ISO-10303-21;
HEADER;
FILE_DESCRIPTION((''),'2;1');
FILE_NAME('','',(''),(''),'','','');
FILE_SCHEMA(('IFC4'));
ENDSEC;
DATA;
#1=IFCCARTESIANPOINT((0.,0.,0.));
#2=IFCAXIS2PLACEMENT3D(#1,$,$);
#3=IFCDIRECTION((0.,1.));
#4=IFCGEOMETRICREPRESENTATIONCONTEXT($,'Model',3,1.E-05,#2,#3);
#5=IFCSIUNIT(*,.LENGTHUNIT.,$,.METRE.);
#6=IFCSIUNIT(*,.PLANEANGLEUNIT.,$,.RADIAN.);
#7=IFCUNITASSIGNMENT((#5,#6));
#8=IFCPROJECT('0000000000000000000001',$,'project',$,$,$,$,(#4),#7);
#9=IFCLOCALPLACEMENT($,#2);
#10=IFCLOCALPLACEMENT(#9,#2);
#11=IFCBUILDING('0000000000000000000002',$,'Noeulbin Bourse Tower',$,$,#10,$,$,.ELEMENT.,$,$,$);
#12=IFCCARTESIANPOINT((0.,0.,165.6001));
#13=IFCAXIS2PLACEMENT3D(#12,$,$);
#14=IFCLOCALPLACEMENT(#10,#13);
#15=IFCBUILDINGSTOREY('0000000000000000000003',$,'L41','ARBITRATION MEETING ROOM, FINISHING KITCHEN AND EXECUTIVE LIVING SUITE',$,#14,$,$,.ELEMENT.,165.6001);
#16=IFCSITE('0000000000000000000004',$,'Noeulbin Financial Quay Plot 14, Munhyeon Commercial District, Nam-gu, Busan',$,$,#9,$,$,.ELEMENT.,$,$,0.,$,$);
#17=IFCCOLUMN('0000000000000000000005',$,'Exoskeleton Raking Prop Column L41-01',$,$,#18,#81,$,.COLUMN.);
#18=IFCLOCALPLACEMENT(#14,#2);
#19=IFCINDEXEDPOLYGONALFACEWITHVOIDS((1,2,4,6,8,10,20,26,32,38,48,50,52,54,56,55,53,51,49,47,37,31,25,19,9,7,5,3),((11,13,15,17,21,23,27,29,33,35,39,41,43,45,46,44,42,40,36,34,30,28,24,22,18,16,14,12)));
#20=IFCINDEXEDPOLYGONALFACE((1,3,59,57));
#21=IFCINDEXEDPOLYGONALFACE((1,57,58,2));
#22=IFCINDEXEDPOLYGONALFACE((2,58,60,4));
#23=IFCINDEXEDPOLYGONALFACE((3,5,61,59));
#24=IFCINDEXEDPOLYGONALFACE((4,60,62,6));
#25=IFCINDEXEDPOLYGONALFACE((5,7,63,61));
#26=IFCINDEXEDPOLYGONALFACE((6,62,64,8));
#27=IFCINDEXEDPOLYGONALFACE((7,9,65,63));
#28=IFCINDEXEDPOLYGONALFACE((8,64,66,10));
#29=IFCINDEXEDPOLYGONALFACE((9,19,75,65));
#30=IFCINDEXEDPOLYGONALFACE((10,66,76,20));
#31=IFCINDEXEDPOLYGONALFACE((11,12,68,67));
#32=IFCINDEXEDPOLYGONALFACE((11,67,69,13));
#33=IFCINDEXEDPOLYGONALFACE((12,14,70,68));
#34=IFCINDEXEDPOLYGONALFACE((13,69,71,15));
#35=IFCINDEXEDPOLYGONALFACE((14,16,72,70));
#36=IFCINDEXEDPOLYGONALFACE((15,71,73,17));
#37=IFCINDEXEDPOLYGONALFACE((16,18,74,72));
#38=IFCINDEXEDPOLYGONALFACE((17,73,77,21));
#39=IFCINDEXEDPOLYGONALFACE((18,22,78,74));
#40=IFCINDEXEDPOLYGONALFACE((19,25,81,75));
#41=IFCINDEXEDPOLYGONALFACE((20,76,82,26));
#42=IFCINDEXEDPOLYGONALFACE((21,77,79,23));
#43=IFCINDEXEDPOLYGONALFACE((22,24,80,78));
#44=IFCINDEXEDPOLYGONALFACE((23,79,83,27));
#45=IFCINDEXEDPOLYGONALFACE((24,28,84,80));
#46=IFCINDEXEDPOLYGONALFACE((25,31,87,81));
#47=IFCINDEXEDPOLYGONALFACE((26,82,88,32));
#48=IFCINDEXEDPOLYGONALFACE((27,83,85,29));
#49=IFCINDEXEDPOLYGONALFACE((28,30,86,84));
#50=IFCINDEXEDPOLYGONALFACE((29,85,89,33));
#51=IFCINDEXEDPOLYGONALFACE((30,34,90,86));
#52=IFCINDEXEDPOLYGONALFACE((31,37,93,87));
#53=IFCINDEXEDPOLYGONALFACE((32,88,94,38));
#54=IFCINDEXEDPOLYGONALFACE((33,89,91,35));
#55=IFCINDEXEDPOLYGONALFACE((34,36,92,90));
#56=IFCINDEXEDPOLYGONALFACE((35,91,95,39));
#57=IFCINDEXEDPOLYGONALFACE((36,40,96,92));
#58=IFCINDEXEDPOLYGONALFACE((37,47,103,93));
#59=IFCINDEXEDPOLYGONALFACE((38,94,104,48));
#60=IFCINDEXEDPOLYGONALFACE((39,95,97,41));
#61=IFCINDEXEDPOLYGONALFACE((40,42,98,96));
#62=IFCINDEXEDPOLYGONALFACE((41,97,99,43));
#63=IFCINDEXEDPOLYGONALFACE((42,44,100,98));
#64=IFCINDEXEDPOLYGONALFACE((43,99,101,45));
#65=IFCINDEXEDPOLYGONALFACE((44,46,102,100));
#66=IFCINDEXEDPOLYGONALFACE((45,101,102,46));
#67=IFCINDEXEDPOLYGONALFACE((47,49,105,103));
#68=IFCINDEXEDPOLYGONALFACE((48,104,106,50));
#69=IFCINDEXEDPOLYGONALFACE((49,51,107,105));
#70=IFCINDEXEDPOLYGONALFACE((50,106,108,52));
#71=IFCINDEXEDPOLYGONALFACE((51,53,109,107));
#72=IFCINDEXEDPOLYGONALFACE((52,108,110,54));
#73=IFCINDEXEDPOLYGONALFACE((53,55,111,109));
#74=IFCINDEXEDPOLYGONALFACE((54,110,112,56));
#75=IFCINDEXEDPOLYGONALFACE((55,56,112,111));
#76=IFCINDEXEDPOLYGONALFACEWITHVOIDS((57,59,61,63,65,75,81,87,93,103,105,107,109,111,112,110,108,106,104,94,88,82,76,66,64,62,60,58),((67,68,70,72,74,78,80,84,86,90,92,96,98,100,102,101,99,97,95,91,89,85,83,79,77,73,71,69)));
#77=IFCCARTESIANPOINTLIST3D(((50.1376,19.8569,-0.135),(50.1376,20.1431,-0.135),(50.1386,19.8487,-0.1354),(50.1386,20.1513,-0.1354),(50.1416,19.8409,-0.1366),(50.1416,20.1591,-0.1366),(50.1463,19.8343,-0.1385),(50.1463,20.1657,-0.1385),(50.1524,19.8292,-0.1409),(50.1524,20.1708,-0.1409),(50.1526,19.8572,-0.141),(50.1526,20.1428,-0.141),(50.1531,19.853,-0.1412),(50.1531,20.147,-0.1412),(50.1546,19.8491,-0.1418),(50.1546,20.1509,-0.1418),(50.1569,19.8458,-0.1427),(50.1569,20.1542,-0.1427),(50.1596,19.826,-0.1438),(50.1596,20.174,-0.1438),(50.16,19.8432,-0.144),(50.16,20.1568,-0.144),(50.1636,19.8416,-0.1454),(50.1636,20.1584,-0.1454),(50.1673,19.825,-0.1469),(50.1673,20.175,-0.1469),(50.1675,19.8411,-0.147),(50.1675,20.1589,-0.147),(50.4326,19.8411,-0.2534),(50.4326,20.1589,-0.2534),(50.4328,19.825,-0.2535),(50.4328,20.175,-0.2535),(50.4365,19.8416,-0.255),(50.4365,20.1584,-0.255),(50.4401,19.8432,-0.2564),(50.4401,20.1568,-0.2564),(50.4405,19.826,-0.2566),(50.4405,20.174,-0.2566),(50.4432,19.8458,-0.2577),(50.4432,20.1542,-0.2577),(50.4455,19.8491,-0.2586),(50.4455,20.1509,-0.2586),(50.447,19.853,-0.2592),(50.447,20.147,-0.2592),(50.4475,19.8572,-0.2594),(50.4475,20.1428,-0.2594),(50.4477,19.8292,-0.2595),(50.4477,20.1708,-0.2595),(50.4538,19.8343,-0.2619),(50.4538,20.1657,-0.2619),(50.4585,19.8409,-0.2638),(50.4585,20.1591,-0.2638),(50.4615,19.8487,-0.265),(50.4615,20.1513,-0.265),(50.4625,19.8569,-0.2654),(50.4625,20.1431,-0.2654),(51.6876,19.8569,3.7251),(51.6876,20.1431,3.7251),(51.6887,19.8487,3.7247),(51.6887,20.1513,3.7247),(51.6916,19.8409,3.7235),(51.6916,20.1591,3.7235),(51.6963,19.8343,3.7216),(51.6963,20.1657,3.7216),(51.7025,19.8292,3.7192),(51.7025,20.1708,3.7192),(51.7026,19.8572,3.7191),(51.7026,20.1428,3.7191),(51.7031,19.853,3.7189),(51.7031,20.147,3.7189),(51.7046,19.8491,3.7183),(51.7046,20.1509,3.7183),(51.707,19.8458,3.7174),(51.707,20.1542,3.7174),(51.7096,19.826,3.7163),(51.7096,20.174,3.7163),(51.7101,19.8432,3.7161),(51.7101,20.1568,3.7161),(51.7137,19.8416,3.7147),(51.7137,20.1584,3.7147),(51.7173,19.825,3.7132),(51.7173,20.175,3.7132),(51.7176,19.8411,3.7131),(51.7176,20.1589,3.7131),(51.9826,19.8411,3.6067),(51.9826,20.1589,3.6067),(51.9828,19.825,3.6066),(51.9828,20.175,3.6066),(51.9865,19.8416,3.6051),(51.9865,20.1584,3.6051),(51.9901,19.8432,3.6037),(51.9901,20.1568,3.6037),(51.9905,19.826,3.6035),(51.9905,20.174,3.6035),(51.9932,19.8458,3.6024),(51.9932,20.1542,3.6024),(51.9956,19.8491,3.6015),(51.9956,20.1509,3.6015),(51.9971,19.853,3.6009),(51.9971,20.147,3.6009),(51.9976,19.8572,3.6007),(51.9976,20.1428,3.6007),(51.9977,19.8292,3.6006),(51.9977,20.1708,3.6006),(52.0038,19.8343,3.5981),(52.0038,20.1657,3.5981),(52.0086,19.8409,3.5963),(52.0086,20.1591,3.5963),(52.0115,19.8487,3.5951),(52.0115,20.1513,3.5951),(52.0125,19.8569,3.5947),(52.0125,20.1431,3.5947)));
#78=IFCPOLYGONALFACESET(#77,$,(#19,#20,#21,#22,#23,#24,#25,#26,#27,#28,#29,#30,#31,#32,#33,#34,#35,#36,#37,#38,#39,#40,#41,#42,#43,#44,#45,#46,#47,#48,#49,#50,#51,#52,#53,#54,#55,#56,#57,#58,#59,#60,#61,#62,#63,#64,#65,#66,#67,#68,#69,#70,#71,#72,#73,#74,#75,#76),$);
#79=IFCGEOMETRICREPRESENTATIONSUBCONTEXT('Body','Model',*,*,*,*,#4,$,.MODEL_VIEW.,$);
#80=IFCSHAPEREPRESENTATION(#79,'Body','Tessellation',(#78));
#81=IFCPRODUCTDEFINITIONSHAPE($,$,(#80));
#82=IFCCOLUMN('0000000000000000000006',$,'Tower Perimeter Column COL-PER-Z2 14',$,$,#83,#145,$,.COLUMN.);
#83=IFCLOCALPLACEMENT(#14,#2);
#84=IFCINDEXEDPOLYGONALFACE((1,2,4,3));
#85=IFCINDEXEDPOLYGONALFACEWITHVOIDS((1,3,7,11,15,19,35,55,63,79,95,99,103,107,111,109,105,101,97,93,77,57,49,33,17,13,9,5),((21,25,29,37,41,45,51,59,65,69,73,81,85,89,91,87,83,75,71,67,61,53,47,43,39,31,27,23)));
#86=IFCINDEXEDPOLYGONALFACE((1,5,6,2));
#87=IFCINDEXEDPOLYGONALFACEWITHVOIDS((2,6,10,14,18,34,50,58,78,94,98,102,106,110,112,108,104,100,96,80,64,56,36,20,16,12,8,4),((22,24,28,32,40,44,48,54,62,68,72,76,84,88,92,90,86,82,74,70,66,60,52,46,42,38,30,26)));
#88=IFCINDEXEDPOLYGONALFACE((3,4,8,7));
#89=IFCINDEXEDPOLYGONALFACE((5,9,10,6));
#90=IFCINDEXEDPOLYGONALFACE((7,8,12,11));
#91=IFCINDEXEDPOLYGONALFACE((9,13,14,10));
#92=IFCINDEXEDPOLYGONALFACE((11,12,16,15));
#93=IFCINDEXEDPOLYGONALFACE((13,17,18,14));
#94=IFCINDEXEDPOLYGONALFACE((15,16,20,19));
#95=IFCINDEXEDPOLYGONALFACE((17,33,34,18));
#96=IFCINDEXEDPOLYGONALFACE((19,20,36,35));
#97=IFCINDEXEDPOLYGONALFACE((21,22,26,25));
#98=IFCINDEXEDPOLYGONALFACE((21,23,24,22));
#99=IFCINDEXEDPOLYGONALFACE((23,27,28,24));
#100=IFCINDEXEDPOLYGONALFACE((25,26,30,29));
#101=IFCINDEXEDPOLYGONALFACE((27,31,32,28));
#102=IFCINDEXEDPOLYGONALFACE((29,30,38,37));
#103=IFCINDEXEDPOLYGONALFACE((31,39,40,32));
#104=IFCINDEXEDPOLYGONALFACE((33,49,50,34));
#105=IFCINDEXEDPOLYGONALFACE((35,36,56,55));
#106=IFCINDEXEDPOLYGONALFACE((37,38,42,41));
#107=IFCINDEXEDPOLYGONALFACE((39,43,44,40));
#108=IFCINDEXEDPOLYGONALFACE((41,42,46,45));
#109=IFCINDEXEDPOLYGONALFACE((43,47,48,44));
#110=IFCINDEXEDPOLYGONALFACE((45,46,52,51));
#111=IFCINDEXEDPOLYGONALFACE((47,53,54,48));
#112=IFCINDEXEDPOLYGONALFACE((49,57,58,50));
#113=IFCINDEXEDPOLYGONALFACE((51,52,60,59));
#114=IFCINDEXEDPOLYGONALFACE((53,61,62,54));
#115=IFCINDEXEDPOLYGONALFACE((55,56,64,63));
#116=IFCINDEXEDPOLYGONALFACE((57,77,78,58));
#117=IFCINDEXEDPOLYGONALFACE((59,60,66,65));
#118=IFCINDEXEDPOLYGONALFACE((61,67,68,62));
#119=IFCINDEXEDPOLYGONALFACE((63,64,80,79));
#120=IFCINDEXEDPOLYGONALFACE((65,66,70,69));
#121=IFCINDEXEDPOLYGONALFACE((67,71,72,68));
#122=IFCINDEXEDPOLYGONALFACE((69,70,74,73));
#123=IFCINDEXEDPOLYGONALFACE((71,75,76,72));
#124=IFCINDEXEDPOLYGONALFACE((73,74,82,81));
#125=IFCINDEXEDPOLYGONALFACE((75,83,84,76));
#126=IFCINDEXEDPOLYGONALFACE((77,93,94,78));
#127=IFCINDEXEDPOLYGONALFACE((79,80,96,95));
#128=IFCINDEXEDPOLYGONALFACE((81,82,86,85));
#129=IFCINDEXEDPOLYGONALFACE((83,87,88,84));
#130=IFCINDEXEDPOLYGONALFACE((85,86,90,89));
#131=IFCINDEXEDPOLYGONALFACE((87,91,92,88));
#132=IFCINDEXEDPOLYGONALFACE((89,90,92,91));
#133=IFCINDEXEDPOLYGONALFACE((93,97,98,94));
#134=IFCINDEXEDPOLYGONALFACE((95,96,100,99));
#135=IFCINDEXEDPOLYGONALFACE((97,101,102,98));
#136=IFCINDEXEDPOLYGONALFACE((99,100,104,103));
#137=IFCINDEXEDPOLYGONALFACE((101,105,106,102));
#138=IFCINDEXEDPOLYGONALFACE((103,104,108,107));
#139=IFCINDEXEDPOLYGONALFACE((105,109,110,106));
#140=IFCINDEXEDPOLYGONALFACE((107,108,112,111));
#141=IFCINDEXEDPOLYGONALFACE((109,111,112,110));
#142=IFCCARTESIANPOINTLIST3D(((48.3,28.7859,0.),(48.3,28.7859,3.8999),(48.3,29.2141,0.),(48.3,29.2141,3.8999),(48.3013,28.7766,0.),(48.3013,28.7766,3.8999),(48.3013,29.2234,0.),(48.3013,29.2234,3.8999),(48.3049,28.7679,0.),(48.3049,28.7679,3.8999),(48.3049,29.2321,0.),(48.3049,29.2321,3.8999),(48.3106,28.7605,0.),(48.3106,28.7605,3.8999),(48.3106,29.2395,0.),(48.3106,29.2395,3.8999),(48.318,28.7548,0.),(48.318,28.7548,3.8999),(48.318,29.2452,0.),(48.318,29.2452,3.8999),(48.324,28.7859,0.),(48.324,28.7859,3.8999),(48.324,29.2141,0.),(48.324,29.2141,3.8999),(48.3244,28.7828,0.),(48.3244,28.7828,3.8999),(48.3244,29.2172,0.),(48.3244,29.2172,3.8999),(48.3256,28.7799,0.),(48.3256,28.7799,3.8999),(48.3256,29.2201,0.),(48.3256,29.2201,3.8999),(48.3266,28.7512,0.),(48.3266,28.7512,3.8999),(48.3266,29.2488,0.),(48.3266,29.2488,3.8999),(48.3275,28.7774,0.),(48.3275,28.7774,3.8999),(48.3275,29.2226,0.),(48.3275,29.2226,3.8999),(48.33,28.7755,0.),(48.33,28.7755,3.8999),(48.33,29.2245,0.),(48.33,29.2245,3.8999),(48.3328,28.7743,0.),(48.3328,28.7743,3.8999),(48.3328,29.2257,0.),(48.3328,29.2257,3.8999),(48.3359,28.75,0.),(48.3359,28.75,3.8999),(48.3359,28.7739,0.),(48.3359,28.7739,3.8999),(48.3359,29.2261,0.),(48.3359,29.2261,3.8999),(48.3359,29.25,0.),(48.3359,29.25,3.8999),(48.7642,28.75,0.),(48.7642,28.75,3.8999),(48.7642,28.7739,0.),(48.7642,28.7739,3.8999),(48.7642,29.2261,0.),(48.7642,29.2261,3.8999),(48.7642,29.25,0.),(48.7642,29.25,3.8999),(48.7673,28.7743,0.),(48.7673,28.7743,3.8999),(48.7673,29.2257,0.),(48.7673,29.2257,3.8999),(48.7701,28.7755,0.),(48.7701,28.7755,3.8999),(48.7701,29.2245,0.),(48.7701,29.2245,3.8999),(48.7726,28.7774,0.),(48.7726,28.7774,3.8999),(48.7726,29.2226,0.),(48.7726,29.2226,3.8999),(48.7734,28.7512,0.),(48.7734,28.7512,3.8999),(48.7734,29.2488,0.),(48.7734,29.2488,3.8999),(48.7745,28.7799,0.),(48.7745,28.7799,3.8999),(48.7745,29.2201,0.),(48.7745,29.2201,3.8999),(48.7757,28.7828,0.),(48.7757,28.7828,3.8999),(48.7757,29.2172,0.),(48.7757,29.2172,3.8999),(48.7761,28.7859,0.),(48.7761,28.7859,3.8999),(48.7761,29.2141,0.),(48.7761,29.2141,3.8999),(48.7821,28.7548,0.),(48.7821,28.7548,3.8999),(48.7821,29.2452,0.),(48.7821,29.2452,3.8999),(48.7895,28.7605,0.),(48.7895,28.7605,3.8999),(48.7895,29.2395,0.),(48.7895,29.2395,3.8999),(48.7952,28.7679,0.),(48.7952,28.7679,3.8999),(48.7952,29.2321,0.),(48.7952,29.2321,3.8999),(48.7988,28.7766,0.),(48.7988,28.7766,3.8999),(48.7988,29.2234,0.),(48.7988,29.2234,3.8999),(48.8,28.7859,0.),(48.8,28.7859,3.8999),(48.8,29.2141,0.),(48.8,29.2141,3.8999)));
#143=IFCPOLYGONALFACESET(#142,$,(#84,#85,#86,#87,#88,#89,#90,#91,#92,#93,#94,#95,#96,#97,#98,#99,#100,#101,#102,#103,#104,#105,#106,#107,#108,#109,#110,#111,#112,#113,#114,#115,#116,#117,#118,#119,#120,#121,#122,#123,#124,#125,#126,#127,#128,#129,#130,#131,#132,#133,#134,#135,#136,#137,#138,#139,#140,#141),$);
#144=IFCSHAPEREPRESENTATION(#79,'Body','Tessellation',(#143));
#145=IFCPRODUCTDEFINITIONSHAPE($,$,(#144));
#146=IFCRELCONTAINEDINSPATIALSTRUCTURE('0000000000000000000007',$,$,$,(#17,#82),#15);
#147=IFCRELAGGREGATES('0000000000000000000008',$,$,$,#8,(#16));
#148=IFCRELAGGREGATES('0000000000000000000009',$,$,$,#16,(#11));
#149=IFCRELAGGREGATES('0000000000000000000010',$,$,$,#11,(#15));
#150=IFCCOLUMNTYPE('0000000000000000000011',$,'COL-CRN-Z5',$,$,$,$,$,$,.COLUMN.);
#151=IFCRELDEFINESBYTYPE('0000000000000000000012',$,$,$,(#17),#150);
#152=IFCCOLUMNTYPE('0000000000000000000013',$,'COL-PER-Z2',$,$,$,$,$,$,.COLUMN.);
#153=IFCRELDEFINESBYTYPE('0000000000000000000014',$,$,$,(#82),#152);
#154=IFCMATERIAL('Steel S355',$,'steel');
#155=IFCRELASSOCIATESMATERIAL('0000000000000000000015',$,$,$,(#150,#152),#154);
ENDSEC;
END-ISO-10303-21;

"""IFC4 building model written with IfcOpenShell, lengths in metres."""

from ifc_helpers import new_model, si_unit, direction, frame, origin, origin_2d, place, context, subcontext, project, spatial, hollow_rectangle, extrude, material, material_profile, profile_set, type_object, element, save


model = new_model("IFC4")

# Units and contexts
model_context = context("Model", 3, precision=1e-05, world=origin(), true_north=direction((0.0, 1.0)))
body_context = subcontext(model_context, "Body", "Model", "MODEL_VIEW")
ifc_project = project(units=[si_unit("LENGTHUNIT", "METRE"), si_unit("PLANEANGLEUNIT", "RADIAN")], contexts=[model_context])

# Site, building, storey
site_placement = place(None, origin())
site = spatial("IfcSite", under=ifc_project, at=site_placement, Name="Noeulbin Financial Quay Plot 14, Munhyeon Commercial District, Nam-gu, Busan", CompositionType="ELEMENT", RefElevation=0.0)
building_placement = place(site_placement, origin())
building = spatial("IfcBuilding", under=site, at=building_placement, Name="Noeulbin Bourse Tower", CompositionType="ELEMENT")
storey_placement = place(building_placement, frame((0.0, 0.0, 165.6001)))
storey = spatial("IfcBuildingStorey", under=building, at=storey_placement, Name="L41", Description="ARBITRATION MEETING ROOM, FINISHING KITCHEN AND EXECUTIVE LIVING SUITE", CompositionType="ELEMENT", Elevation=165.6001)

# Columns
ifc_material_1 = material(Name="Steel S355", Category="steel")
ifc_material_profile_1 = material_profile(ifc_material_1, hollow_rectangle(XDim=0.3501, YDim=0.3501, WallThickness=0.0161, InnerFilletRadius=0.0161, OuterFilletRadius=0.032, at=origin_2d()), Name="SHS-350x350x16", Category="LoadBearing")
ifc_profile_set_1 = profile_set([ifc_material_profile_1], Name="Steel S355")
column_type_1 = type_object("IfcColumnType", Name="COL-CRN-Z5", PredefinedType="COLUMN", material=ifc_profile_set_1)
column_1_placement = place(storey_placement, frame((50.3, 20.0, -0.2002), z_axis=(0.372635, 0.0, 0.927978), x_axis=(0.0, 1.0, 0.0)))
element("IfcColumn", 1, at=column_1_placement, inside=storey, type_object=column_type_1, Name="Exoskeleton Raking Prop Column L41-01", PredefinedType="COLUMN", context=body_context, shape_type="SweptSolid", body=[
    extrude(hollow_rectangle(XDim=0.3501, YDim=0.3501, WallThickness=0.0161, InnerFilletRadius=0.0161, OuterFilletRadius=0.032, at=origin_2d()), origin(), (0.0, 0.0, 1.0), 4.1597),
])
ifc_material_profile_2 = material_profile(ifc_material_1, hollow_rectangle(XDim=0.5, YDim=0.5, WallThickness=0.0239, InnerFilletRadius=0.012, OuterFilletRadius=0.0359, at=origin_2d()), Name="BOX-500x500x24", Category="LoadBearing")
ifc_profile_set_2 = profile_set([ifc_material_profile_2], Name="Steel S355")
column_type_2 = type_object("IfcColumnType", Name="COL-PER-Z2", PredefinedType="COLUMN", material=ifc_profile_set_2)
column_2_placement = place(storey_placement, frame((48.55, 29.0, 0.0), z_axis=(0.0, 0.0, 1.0), x_axis=(1.0, 0.0, 0.0)))
element("IfcColumn", 2, at=column_2_placement, inside=storey, type_object=column_type_2, Name="Tower Perimeter Column COL-PER-Z2 14", PredefinedType="COLUMN", context=body_context, shape_type="SweptSolid", body=[
    extrude(hollow_rectangle(XDim=0.5, YDim=0.5, WallThickness=0.0239, InnerFilletRadius=0.012, OuterFilletRadius=0.0359, at=origin_2d()), origin(), (0.0, 0.0, 1.0), 3.8999),
])

save(model, "model.ifc")
